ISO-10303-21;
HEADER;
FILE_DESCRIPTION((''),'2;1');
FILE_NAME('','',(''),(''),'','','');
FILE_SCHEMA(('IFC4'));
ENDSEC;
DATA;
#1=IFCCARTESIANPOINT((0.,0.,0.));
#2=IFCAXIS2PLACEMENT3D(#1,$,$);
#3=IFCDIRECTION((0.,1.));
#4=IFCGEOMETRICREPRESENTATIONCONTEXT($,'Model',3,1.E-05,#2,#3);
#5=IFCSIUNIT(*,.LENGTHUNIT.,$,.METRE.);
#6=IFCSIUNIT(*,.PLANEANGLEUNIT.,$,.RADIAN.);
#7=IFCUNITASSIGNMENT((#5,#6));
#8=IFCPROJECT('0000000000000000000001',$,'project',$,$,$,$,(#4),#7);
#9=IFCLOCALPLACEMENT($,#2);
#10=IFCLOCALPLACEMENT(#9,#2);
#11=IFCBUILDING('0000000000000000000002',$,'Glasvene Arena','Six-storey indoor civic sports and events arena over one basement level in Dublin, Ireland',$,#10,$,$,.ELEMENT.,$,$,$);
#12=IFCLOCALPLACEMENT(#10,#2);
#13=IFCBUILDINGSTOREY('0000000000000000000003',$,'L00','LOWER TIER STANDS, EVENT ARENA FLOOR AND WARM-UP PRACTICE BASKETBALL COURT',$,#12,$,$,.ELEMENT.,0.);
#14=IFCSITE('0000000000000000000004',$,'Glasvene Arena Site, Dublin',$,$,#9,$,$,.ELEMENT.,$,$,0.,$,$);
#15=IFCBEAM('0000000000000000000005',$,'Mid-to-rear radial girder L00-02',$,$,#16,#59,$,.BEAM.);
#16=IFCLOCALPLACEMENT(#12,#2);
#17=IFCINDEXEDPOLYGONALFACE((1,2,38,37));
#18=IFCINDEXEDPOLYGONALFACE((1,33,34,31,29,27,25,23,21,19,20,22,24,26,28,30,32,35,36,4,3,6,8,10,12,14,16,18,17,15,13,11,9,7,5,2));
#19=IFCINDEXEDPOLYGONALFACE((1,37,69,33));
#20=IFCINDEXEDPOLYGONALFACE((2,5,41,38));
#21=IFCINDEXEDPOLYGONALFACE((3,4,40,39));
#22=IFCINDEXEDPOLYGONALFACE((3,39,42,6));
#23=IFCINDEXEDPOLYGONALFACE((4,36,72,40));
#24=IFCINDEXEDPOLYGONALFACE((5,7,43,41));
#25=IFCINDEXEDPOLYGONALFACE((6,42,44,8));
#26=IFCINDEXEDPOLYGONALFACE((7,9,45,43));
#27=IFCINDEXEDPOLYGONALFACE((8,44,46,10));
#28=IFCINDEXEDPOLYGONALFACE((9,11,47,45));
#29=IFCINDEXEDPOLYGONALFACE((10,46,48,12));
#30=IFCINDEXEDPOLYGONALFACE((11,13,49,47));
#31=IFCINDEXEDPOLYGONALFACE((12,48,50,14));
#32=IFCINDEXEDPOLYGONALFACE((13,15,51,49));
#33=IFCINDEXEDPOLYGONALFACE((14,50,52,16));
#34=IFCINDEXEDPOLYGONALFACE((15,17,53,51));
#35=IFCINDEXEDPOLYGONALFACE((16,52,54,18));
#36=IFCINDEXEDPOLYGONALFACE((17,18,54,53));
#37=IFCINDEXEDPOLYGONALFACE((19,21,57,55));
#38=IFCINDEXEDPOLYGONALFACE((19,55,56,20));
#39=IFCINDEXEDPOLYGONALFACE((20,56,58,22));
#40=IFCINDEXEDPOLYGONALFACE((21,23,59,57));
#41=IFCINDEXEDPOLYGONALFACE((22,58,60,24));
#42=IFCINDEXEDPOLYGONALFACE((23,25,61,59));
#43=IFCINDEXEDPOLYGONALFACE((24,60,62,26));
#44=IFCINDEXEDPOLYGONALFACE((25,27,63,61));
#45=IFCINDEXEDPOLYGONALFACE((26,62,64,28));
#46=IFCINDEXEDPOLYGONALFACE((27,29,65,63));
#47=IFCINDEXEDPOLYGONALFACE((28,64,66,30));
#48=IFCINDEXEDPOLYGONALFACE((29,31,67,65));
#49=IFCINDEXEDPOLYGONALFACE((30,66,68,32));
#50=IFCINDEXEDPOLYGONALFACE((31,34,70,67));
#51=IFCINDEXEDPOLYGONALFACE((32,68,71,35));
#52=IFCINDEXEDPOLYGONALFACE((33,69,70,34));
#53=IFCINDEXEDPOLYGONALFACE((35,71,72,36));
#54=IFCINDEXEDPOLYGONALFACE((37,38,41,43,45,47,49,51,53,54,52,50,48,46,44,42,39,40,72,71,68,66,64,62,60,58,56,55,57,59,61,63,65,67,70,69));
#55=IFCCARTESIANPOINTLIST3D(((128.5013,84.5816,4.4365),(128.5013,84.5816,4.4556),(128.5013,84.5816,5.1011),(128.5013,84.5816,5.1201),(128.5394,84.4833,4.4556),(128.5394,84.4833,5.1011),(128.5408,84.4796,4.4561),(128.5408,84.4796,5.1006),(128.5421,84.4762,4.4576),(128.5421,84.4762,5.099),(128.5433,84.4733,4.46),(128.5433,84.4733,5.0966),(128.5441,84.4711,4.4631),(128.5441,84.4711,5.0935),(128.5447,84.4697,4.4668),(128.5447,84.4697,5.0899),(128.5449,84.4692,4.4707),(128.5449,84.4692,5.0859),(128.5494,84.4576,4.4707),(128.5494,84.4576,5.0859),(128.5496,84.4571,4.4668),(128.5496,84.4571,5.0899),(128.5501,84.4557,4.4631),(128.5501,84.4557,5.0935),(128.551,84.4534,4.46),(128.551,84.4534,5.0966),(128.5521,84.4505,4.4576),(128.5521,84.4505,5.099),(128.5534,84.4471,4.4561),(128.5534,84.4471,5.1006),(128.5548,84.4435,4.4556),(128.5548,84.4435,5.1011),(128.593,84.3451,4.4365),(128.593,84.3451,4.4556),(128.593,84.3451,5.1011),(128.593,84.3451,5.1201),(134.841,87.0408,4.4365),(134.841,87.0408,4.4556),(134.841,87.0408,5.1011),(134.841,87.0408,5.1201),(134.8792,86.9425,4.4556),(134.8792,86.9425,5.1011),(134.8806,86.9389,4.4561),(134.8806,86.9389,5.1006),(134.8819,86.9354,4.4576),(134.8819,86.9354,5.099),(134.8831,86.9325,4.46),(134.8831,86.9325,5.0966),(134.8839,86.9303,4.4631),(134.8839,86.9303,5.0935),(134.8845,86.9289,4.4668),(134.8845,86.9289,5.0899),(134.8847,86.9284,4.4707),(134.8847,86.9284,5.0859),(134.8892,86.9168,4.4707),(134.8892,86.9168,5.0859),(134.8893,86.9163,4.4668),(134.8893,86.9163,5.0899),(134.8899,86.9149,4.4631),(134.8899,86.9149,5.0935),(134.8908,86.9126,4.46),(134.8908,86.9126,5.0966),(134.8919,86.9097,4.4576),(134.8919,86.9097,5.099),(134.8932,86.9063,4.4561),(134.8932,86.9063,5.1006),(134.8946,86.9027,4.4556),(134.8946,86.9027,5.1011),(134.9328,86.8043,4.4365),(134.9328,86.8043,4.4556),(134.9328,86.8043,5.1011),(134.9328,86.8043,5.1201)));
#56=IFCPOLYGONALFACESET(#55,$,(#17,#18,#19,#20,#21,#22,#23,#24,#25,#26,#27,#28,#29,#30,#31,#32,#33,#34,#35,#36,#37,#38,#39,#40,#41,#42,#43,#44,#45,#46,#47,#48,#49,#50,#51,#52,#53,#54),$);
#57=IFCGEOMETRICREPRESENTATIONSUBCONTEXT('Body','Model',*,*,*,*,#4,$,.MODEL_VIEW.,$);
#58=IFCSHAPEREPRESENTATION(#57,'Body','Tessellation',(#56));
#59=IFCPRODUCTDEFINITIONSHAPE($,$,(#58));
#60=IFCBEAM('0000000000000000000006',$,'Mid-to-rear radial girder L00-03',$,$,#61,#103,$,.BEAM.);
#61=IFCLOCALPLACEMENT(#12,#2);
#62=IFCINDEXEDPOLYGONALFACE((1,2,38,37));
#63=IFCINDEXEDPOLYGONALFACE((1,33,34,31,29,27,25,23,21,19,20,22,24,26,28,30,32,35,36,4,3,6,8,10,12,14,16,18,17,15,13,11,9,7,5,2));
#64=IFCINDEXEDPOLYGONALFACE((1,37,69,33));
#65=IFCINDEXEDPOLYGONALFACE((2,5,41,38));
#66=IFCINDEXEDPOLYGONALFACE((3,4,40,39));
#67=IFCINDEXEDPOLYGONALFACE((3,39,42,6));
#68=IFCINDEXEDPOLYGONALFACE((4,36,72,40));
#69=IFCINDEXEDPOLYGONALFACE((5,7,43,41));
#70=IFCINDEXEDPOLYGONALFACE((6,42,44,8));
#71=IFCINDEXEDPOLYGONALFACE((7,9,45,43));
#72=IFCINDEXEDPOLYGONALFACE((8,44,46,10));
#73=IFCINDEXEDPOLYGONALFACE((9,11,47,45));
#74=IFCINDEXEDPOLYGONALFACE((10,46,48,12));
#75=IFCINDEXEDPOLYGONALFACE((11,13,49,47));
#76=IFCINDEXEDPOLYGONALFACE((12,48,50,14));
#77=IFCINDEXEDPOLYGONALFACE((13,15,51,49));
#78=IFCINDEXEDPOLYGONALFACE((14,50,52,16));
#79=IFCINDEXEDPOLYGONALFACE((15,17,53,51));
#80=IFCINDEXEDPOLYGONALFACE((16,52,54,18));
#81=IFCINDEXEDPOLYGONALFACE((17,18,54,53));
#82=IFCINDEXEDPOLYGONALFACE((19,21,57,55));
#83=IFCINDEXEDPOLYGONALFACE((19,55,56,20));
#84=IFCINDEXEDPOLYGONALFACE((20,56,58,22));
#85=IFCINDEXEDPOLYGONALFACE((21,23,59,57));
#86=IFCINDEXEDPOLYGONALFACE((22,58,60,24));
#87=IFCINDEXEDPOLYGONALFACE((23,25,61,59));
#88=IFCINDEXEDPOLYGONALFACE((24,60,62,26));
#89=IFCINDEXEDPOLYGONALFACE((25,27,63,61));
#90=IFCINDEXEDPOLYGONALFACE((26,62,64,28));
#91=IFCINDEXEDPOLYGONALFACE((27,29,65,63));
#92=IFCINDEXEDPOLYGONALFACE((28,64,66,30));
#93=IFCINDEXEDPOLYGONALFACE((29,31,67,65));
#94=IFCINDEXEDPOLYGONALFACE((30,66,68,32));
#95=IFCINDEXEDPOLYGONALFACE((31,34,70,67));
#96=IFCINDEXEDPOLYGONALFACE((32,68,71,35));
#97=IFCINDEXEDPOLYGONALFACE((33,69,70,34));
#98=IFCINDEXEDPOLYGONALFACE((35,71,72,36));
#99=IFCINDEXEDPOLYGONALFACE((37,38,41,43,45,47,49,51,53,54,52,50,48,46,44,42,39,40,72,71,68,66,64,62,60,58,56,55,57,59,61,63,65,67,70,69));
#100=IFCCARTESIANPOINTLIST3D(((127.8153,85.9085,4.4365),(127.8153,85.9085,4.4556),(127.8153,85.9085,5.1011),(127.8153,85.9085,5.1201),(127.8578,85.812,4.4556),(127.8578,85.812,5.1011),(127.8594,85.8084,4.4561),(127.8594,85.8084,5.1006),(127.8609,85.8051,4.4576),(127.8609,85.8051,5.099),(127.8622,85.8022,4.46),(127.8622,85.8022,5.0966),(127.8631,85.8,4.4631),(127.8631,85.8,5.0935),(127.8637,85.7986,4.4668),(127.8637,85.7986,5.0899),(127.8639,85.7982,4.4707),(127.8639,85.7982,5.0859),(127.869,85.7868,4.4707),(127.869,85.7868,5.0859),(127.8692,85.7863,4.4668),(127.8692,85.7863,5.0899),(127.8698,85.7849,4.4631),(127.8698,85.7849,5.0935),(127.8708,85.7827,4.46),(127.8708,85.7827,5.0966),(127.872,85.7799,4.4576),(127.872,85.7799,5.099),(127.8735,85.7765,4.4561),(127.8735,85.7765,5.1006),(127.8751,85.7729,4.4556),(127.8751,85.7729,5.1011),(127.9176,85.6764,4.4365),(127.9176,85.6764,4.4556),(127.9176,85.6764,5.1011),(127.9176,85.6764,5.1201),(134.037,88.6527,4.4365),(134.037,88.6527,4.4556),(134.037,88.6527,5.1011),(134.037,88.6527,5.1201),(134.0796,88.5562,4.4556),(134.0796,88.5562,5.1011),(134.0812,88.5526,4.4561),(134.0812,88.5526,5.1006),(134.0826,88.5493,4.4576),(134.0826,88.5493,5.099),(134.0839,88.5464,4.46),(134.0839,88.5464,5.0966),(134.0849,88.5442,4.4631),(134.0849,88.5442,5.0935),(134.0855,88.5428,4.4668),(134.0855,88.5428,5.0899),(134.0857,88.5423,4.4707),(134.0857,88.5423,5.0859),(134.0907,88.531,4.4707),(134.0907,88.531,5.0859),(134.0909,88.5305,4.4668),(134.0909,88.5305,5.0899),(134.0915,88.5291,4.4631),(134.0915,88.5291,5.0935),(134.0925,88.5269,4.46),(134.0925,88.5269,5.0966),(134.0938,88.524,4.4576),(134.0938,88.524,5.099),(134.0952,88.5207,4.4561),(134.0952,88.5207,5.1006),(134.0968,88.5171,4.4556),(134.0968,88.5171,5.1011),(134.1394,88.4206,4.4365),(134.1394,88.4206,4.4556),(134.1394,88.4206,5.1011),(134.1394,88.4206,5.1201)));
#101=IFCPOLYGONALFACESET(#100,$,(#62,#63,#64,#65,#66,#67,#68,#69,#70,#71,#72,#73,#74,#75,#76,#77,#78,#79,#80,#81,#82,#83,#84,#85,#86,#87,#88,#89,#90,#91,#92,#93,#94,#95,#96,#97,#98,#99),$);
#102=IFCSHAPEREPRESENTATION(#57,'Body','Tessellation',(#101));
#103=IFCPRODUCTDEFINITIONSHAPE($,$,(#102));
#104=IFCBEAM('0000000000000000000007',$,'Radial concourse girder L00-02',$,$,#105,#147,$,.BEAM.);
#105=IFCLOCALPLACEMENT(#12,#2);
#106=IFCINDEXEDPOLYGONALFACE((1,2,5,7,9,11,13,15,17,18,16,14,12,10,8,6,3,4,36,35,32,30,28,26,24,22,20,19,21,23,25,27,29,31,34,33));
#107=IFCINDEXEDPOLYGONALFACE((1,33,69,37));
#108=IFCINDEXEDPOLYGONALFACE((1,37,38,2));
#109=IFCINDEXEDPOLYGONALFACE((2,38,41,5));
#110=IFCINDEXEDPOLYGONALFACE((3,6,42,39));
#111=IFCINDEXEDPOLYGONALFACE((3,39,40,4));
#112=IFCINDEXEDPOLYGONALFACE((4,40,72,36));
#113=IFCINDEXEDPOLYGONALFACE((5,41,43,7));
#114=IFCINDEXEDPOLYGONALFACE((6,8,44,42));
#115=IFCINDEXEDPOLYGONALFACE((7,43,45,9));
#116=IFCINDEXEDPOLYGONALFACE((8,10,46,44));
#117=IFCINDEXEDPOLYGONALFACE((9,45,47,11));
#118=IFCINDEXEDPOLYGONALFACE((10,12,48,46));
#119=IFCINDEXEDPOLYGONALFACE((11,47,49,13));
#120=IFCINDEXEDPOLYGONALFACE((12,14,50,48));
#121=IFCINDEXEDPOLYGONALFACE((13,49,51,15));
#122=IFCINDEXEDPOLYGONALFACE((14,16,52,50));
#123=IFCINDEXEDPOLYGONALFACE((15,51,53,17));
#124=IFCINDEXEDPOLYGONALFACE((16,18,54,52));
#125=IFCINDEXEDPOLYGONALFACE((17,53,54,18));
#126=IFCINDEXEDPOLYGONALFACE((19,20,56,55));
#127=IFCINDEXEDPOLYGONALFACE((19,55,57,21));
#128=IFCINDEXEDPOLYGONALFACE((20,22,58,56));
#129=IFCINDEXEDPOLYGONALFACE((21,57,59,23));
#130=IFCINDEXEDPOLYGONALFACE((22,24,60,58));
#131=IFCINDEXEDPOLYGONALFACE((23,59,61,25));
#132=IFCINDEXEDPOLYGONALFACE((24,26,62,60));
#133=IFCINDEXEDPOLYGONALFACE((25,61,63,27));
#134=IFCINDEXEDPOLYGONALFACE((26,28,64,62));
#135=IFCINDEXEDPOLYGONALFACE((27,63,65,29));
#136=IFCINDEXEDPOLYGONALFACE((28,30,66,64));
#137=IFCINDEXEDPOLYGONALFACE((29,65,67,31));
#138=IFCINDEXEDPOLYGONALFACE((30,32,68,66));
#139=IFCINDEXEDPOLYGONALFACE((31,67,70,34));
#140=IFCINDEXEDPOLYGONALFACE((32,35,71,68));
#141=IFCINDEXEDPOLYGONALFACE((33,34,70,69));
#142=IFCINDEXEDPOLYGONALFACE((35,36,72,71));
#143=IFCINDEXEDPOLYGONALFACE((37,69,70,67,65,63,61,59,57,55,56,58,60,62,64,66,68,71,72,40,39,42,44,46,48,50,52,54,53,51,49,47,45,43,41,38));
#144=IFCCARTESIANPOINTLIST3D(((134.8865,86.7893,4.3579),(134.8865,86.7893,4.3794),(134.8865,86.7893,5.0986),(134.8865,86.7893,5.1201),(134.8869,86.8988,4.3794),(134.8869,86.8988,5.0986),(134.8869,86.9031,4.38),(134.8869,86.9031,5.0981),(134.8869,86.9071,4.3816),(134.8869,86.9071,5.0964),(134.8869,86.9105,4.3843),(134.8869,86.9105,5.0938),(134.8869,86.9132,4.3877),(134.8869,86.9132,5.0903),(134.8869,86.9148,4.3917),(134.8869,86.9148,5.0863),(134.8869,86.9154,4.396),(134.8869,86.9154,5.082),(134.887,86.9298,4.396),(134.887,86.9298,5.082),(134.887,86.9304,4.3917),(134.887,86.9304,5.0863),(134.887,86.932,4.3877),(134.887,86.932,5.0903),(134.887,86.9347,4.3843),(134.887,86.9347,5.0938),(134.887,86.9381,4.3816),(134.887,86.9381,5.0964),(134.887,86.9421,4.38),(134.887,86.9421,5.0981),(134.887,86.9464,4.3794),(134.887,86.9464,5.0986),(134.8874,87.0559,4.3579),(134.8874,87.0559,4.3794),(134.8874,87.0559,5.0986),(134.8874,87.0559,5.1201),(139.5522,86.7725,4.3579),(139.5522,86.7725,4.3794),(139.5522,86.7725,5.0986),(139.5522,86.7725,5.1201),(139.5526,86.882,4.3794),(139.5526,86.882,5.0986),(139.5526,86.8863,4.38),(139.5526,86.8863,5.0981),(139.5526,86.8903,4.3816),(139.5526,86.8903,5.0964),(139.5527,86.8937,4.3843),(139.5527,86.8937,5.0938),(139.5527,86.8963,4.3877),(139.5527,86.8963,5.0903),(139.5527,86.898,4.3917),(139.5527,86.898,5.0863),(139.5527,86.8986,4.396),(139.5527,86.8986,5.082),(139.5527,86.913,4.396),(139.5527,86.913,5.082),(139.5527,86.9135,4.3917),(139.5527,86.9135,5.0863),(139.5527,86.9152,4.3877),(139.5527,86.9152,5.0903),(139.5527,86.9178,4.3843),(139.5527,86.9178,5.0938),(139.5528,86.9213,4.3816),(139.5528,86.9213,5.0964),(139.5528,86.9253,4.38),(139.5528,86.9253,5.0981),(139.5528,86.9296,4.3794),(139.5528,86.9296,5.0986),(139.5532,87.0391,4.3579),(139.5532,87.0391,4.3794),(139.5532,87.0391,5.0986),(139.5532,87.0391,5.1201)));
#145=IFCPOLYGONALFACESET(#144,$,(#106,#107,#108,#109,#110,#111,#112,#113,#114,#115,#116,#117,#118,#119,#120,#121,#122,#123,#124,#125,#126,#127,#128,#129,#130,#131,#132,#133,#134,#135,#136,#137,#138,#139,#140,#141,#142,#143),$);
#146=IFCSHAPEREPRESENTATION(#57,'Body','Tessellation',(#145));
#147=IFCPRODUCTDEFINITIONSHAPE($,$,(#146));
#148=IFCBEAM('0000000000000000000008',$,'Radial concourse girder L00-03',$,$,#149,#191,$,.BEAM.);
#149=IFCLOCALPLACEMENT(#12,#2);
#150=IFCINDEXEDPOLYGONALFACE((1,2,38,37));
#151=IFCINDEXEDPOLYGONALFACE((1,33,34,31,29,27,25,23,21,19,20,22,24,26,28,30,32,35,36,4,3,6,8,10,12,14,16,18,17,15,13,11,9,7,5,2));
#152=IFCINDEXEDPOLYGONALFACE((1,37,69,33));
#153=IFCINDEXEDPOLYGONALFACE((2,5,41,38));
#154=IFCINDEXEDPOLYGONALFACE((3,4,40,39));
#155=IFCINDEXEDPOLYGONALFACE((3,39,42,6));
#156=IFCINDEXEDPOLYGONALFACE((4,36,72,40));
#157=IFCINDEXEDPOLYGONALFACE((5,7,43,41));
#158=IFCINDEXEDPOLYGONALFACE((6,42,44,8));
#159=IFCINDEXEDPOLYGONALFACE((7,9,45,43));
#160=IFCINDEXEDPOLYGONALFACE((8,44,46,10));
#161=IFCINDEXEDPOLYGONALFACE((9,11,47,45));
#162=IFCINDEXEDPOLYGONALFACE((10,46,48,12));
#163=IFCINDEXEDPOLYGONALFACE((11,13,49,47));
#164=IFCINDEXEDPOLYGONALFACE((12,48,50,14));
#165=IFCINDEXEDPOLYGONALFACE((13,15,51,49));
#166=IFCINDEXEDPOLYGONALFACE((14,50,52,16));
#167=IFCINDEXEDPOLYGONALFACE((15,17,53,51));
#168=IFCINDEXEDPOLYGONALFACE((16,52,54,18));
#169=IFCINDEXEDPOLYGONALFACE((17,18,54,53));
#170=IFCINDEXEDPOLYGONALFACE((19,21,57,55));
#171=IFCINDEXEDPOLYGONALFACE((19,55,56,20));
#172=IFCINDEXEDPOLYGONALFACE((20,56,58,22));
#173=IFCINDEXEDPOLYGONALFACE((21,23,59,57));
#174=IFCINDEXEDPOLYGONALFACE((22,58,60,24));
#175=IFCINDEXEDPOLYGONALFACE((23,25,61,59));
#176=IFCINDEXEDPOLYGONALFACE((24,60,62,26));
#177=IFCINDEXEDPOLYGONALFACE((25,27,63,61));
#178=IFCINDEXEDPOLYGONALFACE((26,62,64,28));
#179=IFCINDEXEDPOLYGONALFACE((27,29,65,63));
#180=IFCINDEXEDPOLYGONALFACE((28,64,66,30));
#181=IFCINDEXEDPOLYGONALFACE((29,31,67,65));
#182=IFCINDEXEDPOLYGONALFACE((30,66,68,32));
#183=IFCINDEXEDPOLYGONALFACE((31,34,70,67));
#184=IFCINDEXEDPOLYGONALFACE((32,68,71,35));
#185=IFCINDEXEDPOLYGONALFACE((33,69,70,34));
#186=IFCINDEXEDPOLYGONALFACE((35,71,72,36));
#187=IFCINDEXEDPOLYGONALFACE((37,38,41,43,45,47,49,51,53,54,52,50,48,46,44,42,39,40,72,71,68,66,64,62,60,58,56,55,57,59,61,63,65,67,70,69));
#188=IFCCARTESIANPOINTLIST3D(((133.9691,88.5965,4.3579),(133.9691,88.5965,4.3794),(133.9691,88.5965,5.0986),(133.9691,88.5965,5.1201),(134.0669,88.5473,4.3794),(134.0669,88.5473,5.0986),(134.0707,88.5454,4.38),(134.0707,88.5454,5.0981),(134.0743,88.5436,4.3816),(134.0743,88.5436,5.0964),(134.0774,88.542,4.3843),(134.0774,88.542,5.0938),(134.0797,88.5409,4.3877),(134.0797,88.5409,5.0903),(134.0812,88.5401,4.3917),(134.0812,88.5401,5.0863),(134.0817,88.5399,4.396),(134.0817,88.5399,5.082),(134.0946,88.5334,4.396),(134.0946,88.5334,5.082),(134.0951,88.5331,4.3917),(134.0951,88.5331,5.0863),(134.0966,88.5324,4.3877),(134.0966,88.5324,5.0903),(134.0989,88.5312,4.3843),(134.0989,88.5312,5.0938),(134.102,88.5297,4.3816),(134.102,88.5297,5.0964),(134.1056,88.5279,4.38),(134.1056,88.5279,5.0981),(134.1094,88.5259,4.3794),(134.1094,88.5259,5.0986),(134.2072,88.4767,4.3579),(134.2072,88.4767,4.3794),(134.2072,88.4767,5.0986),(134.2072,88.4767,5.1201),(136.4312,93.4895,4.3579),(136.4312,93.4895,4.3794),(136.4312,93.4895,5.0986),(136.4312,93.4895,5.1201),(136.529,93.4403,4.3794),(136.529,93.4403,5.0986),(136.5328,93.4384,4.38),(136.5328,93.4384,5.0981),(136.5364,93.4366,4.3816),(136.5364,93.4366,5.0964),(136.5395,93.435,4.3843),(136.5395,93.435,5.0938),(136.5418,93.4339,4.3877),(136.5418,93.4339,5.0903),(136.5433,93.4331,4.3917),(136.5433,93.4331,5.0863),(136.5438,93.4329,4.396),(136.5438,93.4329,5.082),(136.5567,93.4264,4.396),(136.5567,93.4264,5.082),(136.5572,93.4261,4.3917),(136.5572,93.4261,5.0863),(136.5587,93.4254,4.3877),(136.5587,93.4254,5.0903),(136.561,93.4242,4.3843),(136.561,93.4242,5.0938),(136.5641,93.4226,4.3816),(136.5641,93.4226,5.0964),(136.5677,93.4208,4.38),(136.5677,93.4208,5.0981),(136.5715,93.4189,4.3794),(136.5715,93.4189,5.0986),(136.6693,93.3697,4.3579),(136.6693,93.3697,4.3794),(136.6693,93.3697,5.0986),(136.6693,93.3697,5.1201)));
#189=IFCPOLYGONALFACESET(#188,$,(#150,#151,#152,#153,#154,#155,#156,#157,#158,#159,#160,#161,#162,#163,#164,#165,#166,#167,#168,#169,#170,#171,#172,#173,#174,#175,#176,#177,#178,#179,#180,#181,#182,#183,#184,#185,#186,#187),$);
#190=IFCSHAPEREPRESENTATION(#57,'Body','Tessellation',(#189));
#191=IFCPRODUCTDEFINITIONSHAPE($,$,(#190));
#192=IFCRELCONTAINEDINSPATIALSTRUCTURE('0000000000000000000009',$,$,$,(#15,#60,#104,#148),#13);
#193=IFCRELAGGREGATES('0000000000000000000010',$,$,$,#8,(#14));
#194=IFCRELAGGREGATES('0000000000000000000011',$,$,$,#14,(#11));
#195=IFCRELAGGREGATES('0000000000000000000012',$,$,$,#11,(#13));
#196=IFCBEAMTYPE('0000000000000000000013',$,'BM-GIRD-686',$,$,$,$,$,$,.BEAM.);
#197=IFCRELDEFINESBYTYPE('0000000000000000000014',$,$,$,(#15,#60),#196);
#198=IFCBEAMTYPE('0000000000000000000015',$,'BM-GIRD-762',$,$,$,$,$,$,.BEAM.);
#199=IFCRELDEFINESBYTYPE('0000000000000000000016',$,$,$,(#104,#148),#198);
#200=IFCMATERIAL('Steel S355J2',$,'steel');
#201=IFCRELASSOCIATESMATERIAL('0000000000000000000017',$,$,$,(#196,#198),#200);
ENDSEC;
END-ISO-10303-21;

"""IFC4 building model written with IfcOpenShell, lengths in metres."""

from ifc_helpers import new_model, si_unit, direction, frame, origin, origin_2d, place, context, subcontext, project, spatial, i_section, extrude, material, material_profile, profile_set, type_object, element, save


model = new_model("IFC4")

# Units and contexts
model_context = context("Model", 3, precision=1e-05, world=origin(), true_north=direction((0.0, 1.0)))
body_context = subcontext(model_context, "Body", "Model", "MODEL_VIEW")
ifc_project = project(units=[si_unit("LENGTHUNIT", "METRE"), si_unit("PLANEANGLEUNIT", "RADIAN")], contexts=[model_context])

# Site, building, storey
site_placement = place(None, origin())
site = spatial("IfcSite", under=ifc_project, at=site_placement, Name="Glasvene Arena Site, Dublin", CompositionType="ELEMENT", RefElevation=0.0)
building_placement = place(site_placement, origin())
building = spatial("IfcBuilding", under=site, at=building_placement, Name="Glasvene Arena", Description="Six-storey indoor civic sports and events arena over one basement level in Dublin, Ireland", CompositionType="ELEMENT")
storey_placement = place(building_placement, origin())
storey = spatial("IfcBuildingStorey", under=building, at=storey_placement, Name="L00", Description="LOWER TIER STANDS, EVENT ARENA FLOOR AND WARM-UP PRACTICE BASKETBALL COURT", CompositionType="ELEMENT", Elevation=0.0)

# Shared definitions
ifc_material_1 = material(Name="Steel S355J2", Category="steel")

# Beams
ifc_material_profile_1 = material_profile(ifc_material_1, i_section(OverallWidth=0.2537, OverallDepth=0.6836, WebThickness=0.0125, FlangeThickness=0.019, FilletRadius=0.0151, at=origin_2d()), Name="UKB 686x254x140")
ifc_profile_set_1 = profile_set([ifc_material_profile_1], Name="Steel S355J2")
beam_type_1 = type_object("IfcBeamType", Name="BM-GIRD-686", PredefinedType="BEAM", material=ifc_profile_set_1)
for number, where, z_axis, x_axis, name in (
    (1, (128.5471, 84.4634, 4.7783), (0.932316, 0.361646, 0.0), (-0.361646, 0.932316, 0.0), "Mid-to-rear radial girder L00-02"),
    (2, (127.8665, 85.7925, 4.7783), (0.914957, 0.403552, 0.0), (-0.403552, 0.914957, 0.0), "Mid-to-rear radial girder L00-03"),
):
    element("IfcBeam", number, at=place(storey_placement, frame(where, z_axis=z_axis, x_axis=x_axis)), inside=storey, type_object=beam_type_1, Name=name, PredefinedType="BEAM", context=body_context, shape_type="SweptSolid", body=[
        extrude(i_section(OverallWidth=0.2537, OverallDepth=0.6836, WebThickness=0.0125, FlangeThickness=0.019, FilletRadius=0.0151, at=origin_2d()), origin(), (0.0, 0.0, 1.0), 6.8),
    ])
ifc_material_profile_2 = material_profile(ifc_material_1, i_section(OverallWidth=0.2666, OverallDepth=0.7622, WebThickness=0.0144, FlangeThickness=0.0215, FilletRadius=0.0166, at=origin_2d()), Name="UKB 762x267x173")
ifc_profile_set_2 = profile_set([ifc_material_profile_2], Name="Steel S355J2")
beam_type_2 = type_object("IfcBeamType", Name="BM-GIRD-762", PredefinedType="BEAM", material=ifc_profile_set_2)
beam_1_placement = place(storey_placement, frame((134.887, 86.9226, 4.739), z_axis=(0.999993, -0.00361, 0.0), x_axis=(0.00361, 0.999993, 0.0)))
element("IfcBeam", 3, at=beam_1_placement, inside=storey, type_object=beam_type_2, Name="Radial concourse girder L00-02", PredefinedType="BEAM", context=body_context, shape_type="SweptSolid", body=[
    extrude(i_section(OverallWidth=0.2666, OverallDepth=0.7622, WebThickness=0.0144, FlangeThickness=0.0215, FilletRadius=0.0166, at=origin_2d()), origin(), (0.0, 0.0, 1.0), 4.6658),
])
beam_2_placement = place(storey_placement, frame((134.0881, 88.5366, 4.739), z_axis=(0.449494, 0.893283, 0.0), x_axis=(-0.893283, 0.449494, 0.0)))
element("IfcBeam", 4, at=beam_2_placement, inside=storey, type_object=beam_type_2, Name="Radial concourse girder L00-03", PredefinedType="BEAM", context=body_context, shape_type="SweptSolid", body=[
    extrude(i_section(OverallWidth=0.2666, OverallDepth=0.7622, WebThickness=0.0144, FlangeThickness=0.0215, FilletRadius=0.0166, at=origin_2d()), origin(), (0.0, 0.0, 1.0), 5.4775),
])

save(model, "model.ifc")
